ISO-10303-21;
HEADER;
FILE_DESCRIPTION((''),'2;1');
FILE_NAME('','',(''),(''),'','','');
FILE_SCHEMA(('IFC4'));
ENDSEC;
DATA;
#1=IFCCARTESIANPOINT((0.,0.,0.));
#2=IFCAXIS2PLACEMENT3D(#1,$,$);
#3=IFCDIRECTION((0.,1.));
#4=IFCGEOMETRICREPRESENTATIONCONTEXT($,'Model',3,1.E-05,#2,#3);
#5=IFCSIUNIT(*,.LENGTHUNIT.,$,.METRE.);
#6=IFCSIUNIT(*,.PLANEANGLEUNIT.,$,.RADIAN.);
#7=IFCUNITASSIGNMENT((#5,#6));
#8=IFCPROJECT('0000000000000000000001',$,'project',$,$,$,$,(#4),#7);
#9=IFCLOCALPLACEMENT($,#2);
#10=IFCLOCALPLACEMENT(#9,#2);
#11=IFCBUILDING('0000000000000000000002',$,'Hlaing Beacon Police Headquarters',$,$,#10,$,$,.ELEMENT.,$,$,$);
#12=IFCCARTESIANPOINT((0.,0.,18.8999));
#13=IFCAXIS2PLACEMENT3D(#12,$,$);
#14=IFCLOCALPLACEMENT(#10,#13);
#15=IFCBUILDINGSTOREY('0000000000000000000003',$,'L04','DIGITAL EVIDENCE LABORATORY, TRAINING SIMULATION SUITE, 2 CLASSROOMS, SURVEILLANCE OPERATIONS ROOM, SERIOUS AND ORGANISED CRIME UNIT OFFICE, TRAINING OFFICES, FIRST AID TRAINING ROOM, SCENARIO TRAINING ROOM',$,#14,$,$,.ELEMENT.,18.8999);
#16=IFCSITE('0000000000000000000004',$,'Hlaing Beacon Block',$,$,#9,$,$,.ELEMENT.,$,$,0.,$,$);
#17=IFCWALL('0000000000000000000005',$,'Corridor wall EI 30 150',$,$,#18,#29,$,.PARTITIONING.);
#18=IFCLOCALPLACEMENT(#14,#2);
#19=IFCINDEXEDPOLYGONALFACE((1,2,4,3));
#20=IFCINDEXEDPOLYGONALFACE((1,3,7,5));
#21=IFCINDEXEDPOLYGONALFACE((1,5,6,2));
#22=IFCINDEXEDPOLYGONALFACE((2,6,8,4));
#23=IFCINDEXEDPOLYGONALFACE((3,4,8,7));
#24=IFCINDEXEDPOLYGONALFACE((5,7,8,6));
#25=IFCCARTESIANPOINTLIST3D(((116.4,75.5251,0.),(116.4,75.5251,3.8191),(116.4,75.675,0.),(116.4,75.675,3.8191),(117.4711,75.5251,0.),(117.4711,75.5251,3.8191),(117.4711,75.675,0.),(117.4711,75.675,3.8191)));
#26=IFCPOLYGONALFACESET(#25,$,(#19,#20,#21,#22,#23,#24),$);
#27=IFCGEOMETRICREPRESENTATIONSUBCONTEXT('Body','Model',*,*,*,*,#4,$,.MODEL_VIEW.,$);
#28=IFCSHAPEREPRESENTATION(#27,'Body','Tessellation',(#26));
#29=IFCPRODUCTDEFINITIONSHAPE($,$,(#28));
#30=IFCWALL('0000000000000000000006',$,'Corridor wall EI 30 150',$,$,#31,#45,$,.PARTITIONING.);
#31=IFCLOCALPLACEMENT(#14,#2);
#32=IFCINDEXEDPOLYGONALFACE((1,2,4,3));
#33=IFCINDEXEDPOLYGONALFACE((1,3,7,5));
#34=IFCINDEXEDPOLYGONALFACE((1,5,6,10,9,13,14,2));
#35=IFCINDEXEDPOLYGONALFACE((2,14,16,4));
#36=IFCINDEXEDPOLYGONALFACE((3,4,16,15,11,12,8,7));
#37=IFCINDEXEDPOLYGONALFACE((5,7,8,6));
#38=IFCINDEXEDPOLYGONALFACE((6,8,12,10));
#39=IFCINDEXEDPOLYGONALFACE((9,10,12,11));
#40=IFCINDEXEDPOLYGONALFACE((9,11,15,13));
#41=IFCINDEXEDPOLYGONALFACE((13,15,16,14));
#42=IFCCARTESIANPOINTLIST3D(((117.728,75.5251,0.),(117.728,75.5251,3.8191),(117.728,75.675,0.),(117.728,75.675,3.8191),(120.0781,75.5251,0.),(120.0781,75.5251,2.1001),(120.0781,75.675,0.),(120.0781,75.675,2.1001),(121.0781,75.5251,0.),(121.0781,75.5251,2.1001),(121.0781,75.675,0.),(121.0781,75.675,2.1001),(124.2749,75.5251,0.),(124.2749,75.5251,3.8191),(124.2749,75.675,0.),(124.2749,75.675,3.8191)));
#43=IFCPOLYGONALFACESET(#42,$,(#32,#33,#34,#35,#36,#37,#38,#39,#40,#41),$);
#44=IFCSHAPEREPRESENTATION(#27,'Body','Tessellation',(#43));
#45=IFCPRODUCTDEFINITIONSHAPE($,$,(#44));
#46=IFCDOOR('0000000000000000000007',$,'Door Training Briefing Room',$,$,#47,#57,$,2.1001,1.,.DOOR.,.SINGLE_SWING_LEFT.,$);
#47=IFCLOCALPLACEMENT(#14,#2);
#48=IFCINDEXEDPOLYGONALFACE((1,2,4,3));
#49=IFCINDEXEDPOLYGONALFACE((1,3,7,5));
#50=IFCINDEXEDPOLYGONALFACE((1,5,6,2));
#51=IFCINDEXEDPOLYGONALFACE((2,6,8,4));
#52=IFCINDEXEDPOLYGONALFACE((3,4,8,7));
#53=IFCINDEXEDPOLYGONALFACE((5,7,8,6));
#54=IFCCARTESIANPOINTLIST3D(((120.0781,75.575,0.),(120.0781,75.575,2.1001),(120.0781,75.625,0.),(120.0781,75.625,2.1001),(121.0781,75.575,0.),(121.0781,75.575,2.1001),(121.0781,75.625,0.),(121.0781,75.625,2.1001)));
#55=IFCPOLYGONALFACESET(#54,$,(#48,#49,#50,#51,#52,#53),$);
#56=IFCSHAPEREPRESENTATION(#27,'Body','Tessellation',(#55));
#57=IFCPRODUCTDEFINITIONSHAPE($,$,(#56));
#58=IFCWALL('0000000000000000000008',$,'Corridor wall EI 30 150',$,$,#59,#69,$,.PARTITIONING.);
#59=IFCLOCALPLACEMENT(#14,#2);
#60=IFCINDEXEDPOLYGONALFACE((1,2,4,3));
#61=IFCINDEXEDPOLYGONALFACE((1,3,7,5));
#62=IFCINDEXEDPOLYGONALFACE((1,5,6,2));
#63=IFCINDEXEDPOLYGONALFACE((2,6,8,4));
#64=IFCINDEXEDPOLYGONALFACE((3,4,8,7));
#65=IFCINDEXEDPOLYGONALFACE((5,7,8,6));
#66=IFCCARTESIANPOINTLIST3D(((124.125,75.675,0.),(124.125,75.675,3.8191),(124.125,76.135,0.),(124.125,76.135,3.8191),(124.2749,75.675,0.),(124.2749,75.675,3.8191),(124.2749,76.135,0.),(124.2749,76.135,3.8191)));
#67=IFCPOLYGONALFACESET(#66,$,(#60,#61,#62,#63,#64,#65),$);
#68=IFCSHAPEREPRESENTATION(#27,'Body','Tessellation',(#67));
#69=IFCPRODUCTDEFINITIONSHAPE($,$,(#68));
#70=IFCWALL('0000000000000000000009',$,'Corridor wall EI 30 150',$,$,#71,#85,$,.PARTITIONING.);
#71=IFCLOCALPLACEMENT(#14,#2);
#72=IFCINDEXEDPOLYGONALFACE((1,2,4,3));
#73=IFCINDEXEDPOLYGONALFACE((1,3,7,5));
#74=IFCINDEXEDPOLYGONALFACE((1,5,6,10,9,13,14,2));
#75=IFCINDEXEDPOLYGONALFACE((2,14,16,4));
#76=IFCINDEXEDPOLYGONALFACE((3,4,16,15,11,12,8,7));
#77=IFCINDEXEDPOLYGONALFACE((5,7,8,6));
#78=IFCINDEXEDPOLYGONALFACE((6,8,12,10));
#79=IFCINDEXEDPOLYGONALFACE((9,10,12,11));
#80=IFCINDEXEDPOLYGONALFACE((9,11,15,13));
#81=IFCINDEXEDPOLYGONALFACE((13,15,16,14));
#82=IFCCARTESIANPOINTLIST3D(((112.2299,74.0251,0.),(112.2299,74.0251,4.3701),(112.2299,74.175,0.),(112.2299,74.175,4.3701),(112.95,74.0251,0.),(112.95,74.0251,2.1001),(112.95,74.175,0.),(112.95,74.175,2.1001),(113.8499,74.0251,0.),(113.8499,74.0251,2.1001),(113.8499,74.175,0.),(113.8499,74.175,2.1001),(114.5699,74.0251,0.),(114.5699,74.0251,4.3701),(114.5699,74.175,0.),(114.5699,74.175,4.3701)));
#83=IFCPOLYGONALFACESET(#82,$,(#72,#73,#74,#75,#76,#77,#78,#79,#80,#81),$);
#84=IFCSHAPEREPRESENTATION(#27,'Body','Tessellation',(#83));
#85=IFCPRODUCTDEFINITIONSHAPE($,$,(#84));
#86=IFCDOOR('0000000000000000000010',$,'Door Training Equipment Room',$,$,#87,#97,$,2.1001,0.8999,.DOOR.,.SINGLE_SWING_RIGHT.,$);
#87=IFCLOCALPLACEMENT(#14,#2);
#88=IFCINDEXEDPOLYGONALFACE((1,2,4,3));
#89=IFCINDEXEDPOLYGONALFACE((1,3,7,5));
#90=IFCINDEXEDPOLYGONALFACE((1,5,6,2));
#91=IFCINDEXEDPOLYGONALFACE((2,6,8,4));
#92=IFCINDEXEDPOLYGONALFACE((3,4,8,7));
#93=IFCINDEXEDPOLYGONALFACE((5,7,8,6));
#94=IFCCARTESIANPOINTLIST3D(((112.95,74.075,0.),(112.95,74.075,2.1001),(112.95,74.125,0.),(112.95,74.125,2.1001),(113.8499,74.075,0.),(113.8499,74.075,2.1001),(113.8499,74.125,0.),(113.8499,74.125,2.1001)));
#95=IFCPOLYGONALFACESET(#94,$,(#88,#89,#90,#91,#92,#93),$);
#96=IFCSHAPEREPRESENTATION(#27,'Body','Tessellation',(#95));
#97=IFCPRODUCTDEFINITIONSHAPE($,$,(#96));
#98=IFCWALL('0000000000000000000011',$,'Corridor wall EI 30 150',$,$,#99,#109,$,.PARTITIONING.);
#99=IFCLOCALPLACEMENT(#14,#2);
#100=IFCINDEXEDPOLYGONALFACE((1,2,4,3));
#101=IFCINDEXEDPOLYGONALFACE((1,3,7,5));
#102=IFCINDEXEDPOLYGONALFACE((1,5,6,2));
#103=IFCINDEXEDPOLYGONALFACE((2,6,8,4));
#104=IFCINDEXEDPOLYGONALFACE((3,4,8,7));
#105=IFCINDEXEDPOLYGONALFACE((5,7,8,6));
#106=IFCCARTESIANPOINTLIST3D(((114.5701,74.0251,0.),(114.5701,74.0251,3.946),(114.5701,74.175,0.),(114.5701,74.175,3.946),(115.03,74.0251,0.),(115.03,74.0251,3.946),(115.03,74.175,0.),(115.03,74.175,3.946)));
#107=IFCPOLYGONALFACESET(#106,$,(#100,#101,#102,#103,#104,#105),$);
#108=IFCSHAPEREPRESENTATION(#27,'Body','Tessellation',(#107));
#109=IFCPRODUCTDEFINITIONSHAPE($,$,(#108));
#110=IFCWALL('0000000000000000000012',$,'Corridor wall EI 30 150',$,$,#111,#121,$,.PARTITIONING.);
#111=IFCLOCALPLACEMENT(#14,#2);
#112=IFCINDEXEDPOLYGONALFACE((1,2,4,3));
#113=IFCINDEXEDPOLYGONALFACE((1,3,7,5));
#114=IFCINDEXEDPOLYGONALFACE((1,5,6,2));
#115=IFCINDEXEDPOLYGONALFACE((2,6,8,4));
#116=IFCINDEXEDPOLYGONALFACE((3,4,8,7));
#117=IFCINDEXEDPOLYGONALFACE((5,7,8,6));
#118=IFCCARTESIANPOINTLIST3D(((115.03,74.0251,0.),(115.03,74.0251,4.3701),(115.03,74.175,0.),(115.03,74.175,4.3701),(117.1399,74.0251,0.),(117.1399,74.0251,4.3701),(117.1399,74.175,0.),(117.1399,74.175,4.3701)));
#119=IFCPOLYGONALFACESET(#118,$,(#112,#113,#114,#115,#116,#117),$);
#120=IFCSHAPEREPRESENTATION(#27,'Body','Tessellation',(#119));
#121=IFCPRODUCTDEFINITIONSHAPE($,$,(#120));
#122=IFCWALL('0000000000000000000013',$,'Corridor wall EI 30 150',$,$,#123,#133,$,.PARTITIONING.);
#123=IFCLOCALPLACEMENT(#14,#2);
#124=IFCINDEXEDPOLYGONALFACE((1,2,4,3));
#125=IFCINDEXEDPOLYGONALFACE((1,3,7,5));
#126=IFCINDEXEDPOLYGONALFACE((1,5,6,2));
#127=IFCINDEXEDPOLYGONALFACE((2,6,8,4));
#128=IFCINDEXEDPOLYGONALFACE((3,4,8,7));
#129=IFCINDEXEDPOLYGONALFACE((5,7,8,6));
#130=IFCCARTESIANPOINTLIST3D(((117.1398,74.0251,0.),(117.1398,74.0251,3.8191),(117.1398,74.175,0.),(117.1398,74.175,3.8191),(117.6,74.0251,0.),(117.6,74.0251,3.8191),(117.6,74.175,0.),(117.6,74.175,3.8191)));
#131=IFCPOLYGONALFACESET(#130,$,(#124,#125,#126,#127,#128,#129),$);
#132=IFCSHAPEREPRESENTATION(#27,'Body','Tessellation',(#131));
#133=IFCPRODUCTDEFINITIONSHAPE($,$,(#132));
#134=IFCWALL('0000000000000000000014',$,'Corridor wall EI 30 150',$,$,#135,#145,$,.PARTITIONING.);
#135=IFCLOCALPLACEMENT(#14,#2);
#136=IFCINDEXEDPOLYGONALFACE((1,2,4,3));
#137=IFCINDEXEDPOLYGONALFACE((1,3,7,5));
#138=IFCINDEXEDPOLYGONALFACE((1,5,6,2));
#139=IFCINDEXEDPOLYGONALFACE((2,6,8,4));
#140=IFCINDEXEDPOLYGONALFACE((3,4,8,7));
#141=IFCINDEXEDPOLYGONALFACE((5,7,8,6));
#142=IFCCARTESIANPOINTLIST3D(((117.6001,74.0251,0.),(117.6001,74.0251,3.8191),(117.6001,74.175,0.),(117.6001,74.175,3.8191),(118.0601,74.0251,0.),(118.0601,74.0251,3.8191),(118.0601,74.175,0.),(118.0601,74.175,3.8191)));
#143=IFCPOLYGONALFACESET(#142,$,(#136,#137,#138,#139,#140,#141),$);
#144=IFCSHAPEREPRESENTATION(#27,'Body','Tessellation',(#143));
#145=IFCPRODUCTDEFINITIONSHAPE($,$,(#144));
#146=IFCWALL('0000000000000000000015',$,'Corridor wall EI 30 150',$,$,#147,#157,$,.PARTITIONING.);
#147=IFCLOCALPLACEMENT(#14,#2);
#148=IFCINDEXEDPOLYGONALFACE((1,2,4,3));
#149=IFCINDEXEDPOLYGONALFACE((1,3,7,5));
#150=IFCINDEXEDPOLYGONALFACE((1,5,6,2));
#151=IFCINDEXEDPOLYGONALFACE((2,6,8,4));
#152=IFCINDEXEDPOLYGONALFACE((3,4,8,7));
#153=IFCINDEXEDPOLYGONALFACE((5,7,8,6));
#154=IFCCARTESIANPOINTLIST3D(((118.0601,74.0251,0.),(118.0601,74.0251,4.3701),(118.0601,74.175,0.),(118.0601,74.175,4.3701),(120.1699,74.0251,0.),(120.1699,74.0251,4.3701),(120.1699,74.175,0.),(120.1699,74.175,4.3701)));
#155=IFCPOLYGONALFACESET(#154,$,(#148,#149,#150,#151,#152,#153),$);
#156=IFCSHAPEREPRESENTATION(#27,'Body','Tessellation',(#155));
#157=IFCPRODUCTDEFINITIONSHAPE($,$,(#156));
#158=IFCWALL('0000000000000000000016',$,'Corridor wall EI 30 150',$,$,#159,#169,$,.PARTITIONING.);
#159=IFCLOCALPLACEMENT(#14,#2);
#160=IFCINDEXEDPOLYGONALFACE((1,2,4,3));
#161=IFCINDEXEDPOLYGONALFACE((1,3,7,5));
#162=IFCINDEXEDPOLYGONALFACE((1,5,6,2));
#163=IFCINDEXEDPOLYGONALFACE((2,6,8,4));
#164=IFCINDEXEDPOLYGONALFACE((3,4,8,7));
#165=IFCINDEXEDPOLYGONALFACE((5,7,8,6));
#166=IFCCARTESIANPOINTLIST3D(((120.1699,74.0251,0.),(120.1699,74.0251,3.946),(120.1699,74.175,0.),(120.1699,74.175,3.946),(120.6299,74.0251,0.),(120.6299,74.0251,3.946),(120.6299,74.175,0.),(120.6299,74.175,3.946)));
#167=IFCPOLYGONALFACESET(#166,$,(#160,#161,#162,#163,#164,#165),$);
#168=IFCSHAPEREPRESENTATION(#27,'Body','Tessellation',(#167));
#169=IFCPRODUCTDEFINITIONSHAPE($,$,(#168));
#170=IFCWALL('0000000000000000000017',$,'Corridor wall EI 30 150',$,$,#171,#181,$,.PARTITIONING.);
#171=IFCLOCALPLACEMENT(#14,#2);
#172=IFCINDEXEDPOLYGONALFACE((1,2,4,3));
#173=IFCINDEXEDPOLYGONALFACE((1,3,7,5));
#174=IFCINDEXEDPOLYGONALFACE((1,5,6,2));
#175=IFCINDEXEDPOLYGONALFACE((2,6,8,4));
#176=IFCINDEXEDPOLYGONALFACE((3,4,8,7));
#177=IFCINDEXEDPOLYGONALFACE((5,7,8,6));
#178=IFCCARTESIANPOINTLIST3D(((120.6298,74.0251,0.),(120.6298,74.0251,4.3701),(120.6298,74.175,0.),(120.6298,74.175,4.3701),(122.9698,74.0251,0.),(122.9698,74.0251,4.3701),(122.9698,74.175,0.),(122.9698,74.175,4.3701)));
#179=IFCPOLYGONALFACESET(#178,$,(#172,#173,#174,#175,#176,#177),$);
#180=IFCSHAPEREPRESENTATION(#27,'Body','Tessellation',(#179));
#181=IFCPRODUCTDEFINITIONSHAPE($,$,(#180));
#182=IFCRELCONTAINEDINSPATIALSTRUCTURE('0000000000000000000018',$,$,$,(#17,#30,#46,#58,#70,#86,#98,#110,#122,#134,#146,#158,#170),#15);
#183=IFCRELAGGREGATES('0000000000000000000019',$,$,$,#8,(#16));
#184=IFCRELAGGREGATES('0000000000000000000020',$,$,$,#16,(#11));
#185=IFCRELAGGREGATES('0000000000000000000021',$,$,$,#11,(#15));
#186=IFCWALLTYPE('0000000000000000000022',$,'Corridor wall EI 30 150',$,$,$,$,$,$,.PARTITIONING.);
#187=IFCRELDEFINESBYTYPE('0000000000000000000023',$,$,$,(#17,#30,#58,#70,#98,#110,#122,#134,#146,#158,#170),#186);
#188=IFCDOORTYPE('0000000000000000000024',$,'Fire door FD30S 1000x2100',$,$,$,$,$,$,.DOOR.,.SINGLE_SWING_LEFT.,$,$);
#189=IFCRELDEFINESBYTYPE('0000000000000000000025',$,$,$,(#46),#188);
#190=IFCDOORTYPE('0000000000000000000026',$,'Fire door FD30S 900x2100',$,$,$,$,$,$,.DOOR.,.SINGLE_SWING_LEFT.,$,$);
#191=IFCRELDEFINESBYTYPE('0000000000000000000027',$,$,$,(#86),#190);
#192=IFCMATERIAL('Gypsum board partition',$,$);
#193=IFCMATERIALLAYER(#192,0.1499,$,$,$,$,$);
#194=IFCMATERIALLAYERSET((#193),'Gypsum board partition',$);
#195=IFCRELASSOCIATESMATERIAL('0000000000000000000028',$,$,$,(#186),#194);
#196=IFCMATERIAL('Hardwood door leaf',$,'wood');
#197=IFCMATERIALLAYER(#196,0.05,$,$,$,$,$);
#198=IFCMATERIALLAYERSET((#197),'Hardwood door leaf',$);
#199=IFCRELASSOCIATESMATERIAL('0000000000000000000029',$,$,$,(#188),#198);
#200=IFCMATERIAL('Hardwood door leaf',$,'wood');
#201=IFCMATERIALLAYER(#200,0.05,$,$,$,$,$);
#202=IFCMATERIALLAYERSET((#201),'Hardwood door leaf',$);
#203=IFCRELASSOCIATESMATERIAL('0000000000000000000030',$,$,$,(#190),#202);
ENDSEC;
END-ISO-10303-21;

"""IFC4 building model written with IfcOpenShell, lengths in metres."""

from ifc_helpers import new_model, si_unit, direction, frame, frame_2d, origin, place, context, subcontext, project, spatial, rectangle, extrude, material, layer, layer_set, type_object, element, fill, save


model = new_model("IFC4")

# Units and contexts
model_context = context("Model", 3, precision=1e-05, world=origin(), true_north=direction((0.0, 1.0)))
body_context = subcontext(model_context, "Body", "Model", "MODEL_VIEW")
ifc_project = project(units=[si_unit("LENGTHUNIT", "METRE"), si_unit("PLANEANGLEUNIT", "RADIAN")], contexts=[model_context])

# Site, building, storey
site_placement = place(None, origin())
site = spatial("IfcSite", under=ifc_project, at=site_placement, Name="Hlaing Beacon Block", CompositionType="ELEMENT", RefElevation=0.0)
building_placement = place(site_placement, origin())
building = spatial("IfcBuilding", under=site, at=building_placement, Name="Hlaing Beacon Police Headquarters", CompositionType="ELEMENT")
storey_placement = place(building_placement, frame((0.0, 0.0, 18.8999)))
storey = spatial("IfcBuildingStorey", under=building, at=storey_placement, Name="L04", Description="DIGITAL EVIDENCE LABORATORY, TRAINING SIMULATION SUITE, 2 CLASSROOMS, SURVEILLANCE OPERATIONS ROOM, SERIOUS AND ORGANISED CRIME UNIT OFFICE, TRAINING OFFICES, FIRST AID TRAINING ROOM, SCENARIO TRAINING ROOM", CompositionType="ELEMENT", Elevation=18.8999)

# Wall
ifc_material_1 = material(Name="Gypsum board partition")
ifc_layer_1 = layer(ifc_material_1, 0.1499)
ifc_layer_set_1 = layer_set([ifc_layer_1], Name="Gypsum board partition")
wall_type_1 = type_object("IfcWallType", Name="Corridor wall EI 30 150", PredefinedType="PARTITIONING", material=ifc_layer_set_1)
wall_1_placement = place(storey_placement, frame((116.3999, 75.6001, 0.0), z_axis=(0.0, 0.0, 1.0), x_axis=(1.0, 0.0, 0.0)))
element("IfcWall", 1, at=wall_1_placement, inside=storey, type_object=wall_type_1, Name="Corridor wall EI 30 150", PredefinedType="PARTITIONING", context=body_context, shape_type="SweptSolid", body=[
    extrude(rectangle(XDim=1.071, YDim=0.1499, at=frame_2d((0.5356, 0.0))), origin(), (0.0, 0.0, 1.0), 3.8191),
])

# Wall, opening, door
wall_2_placement = place(storey_placement, frame((117.728, 75.6001, 0.0), z_axis=(0.0, 0.0, 1.0), x_axis=(1.0, 0.0, 0.0)))
wall_2 = element("IfcWall", 2, at=wall_2_placement, inside=storey, type_object=wall_type_1, Name="Corridor wall EI 30 150", PredefinedType="PARTITIONING", context=body_context, shape_type="SweptSolid", body=[
    extrude(rectangle(XDim=6.5469, YDim=0.1499, at=frame_2d((3.2734, 0.0))), origin(), (0.0, 0.0, 1.0), 3.8191),
])
opening_1_placement = place(wall_2_placement, frame((2.3501, 0.0, 0.0)))
opening_1 = element("IfcOpeningElement", 3, at=opening_1_placement, cuts=wall_2, PredefinedType="OPENING", context=body_context, shape_type="SweptSolid", body=[
    extrude(rectangle(XDim=1.0, YDim=2.1001, at=frame_2d((0.5, 1.05))), frame((0.0, 0.085, 0.0), z_axis=(0.0, -1.0, 0.0), x_axis=(1.0, 0.0, 0.0)), (0.0, 0.0, 1.0), 0.1699),
])
ifc_material_2 = material(Name="Hardwood door leaf", Category="wood")
ifc_layer_2 = layer(ifc_material_2, 0.05)
ifc_layer_set_2 = layer_set([ifc_layer_2], Name="Hardwood door leaf")
door_type_1 = type_object("IfcDoorType", Name="Fire door FD30S 1000x2100", OperationType="SINGLE_SWING_LEFT", PredefinedType="DOOR", material=ifc_layer_set_2)
door_1_placement = place(opening_1_placement, origin())
door_1 = element("IfcDoor", 4, at=door_1_placement, inside=storey, type_object=door_type_1, Name="Door Training Briefing Room", OperationType="SINGLE_SWING_LEFT", OverallHeight=2.1001, OverallWidth=1.0, PredefinedType="DOOR", context=body_context, shape_type="SweptSolid", body=[
    extrude(rectangle(XDim=1.0, YDim=2.1001, at=frame_2d((0.5, 1.05))), frame((0.0, 0.0249, 0.0), z_axis=(0.0, -1.0, 0.0), x_axis=(1.0, 0.0, 0.0)), (0.0, 0.0, 1.0), 0.05),
])
fill(opening_1, door_1)

# Wall
wall_3_placement = place(storey_placement, frame((124.2, 75.675, 0.0), z_axis=(0.0, 0.0, 1.0), x_axis=(0.0, 1.0, 0.0)))
element("IfcWall", 5, at=wall_3_placement, inside=storey, type_object=wall_type_1, Name="Corridor wall EI 30 150", PredefinedType="PARTITIONING", context=body_context, shape_type="SweptSolid", body=[
    extrude(rectangle(XDim=0.46, YDim=0.1499, at=frame_2d((0.23, 0.0))), origin(), (0.0, 0.0, 1.0), 3.8191),
])

# Wall, opening, door
wall_4_placement = place(storey_placement, frame((112.23, 74.1001, 0.0), z_axis=(0.0, 0.0, 1.0), x_axis=(1.0, 0.0, 0.0)))
wall_4 = element("IfcWall", 6, at=wall_4_placement, inside=storey, type_object=wall_type_1, Name="Corridor wall EI 30 150", PredefinedType="PARTITIONING", context=body_context, shape_type="SweptSolid", body=[
    extrude(rectangle(XDim=2.3401, YDim=0.1499, at=frame_2d((1.1699, 0.0))), origin(), (0.0, 0.0, 1.0), 4.3701),
])
opening_2_placement = place(wall_4_placement, frame((0.72, 0.0, 0.0)))
opening_2 = element("IfcOpeningElement", 7, at=opening_2_placement, cuts=wall_4, PredefinedType="OPENING", context=body_context, shape_type="SweptSolid", body=[
    extrude(rectangle(XDim=0.8999, YDim=2.1001, at=frame_2d((0.45, 1.05))), frame((0.0, 0.085, 0.0), z_axis=(0.0, -1.0, 0.0), x_axis=(1.0, 0.0, 0.0)), (0.0, 0.0, 1.0), 0.1699),
])
ifc_material_3 = material(Name="Hardwood door leaf", Category="wood")
ifc_layer_3 = layer(ifc_material_3, 0.05)
ifc_layer_set_3 = layer_set([ifc_layer_3], Name="Hardwood door leaf")
door_type_2 = type_object("IfcDoorType", Name="Fire door FD30S 900x2100", OperationType="SINGLE_SWING_LEFT", PredefinedType="DOOR", material=ifc_layer_set_3)
door_2_placement = place(opening_2_placement, frame((0.8999, 0.0, 0.0), z_axis=(0.0, 0.0, 1.0), x_axis=(-1.0, 0.0, 0.0)))
door_2 = element("IfcDoor", 8, at=door_2_placement, inside=storey, type_object=door_type_2, Name="Door Training Equipment Room", OperationType="SINGLE_SWING_RIGHT", OverallHeight=2.1001, OverallWidth=0.8999, PredefinedType="DOOR", context=body_context, shape_type="SweptSolid", body=[
    extrude(rectangle(XDim=0.8999, YDim=2.1001, at=frame_2d((0.45, 1.05))), frame((0.0, 0.0251, 0.0), z_axis=(0.0, -1.0, 0.0), x_axis=(1.0, 0.0, 0.0)), (0.0, 0.0, 1.0), 0.05),
])
fill(opening_2, door_2)

# Walls
wall_5_placement = place(storey_placement, frame((114.5701, 74.1001, 0.0), z_axis=(0.0, 0.0, 1.0), x_axis=(1.0, 0.0, 0.0)))
element("IfcWall", 9, at=wall_5_placement, inside=storey, type_object=wall_type_1, Name="Corridor wall EI 30 150", PredefinedType="PARTITIONING", context=body_context, shape_type="SweptSolid", body=[
    extrude(rectangle(XDim=0.46, YDim=0.1499, at=frame_2d((0.23, 0.0))), origin(), (0.0, 0.0, 1.0), 3.946),
])
wall_6_placement = place(storey_placement, frame((115.03, 74.1001, 0.0), z_axis=(0.0, 0.0, 1.0), x_axis=(1.0, 0.0, 0.0)))
element("IfcWall", 10, at=wall_6_placement, inside=storey, type_object=wall_type_1, Name="Corridor wall EI 30 150", PredefinedType="PARTITIONING", context=body_context, shape_type="SweptSolid", body=[
    extrude(rectangle(XDim=2.1099, YDim=0.1499, at=frame_2d((1.0549, 0.0))), origin(), (0.0, 0.0, 1.0), 4.3701),
])
wall_7_placement = place(storey_placement, frame((117.1399, 74.1001, 0.0), z_axis=(0.0, 0.0, 1.0), x_axis=(1.0, 0.0, 0.0)))
element("IfcWall", 11, at=wall_7_placement, inside=storey, type_object=wall_type_1, Name="Corridor wall EI 30 150", PredefinedType="PARTITIONING", context=body_context, shape_type="SweptSolid", body=[
    extrude(rectangle(XDim=0.4602, YDim=0.1499, at=frame_2d((0.23, 0.0))), origin(), (0.0, 0.0, 1.0), 3.8191),
])
wall_8_placement = place(storey_placement, frame((117.6001, 74.1001, 0.0), z_axis=(0.0, 0.0, 1.0), x_axis=(1.0, 0.0, 0.0)))
element("IfcWall", 12, at=wall_8_placement, inside=storey, type_object=wall_type_1, Name="Corridor wall EI 30 150", PredefinedType="PARTITIONING", context=body_context, shape_type="SweptSolid", body=[
    extrude(rectangle(XDim=0.46, YDim=0.1499, at=frame_2d((0.23, 0.0))), origin(), (0.0, 0.0, 1.0), 3.8191),
])
wall_9_placement = place(storey_placement, frame((118.0601, 74.1001, 0.0), z_axis=(0.0, 0.0, 1.0), x_axis=(1.0, 0.0, 0.0)))
element("IfcWall", 13, at=wall_9_placement, inside=storey, type_object=wall_type_1, Name="Corridor wall EI 30 150", PredefinedType="PARTITIONING", context=body_context, shape_type="SweptSolid", body=[
    extrude(rectangle(XDim=2.1099, YDim=0.1499, at=frame_2d((1.0549, 0.0))), origin(), (0.0, 0.0, 1.0), 4.3701),
])
wall_10_placement = place(storey_placement, frame((120.1699, 74.1001, 0.0), z_axis=(0.0, 0.0, 1.0), x_axis=(1.0, 0.0, 0.0)))
element("IfcWall", 14, at=wall_10_placement, inside=storey, type_object=wall_type_1, Name="Corridor wall EI 30 150", PredefinedType="PARTITIONING", context=body_context, shape_type="SweptSolid", body=[
    extrude(rectangle(XDim=0.46, YDim=0.1499, at=frame_2d((0.23, 0.0))), origin(), (0.0, 0.0, 1.0), 3.946),
])
wall_11_placement = place(storey_placement, frame((120.6299, 74.1001, 0.0), z_axis=(0.0, 0.0, 1.0), x_axis=(1.0, 0.0, 0.0)))
element("IfcWall", 15, at=wall_11_placement, inside=storey, type_object=wall_type_1, Name="Corridor wall EI 30 150", PredefinedType="PARTITIONING", context=body_context, shape_type="SweptSolid", body=[
    extrude(rectangle(XDim=2.3401, YDim=0.1499, at=frame_2d((1.1699, 0.0))), origin(), (0.0, 0.0, 1.0), 4.3701),
])

save(model, "model.ifc")
